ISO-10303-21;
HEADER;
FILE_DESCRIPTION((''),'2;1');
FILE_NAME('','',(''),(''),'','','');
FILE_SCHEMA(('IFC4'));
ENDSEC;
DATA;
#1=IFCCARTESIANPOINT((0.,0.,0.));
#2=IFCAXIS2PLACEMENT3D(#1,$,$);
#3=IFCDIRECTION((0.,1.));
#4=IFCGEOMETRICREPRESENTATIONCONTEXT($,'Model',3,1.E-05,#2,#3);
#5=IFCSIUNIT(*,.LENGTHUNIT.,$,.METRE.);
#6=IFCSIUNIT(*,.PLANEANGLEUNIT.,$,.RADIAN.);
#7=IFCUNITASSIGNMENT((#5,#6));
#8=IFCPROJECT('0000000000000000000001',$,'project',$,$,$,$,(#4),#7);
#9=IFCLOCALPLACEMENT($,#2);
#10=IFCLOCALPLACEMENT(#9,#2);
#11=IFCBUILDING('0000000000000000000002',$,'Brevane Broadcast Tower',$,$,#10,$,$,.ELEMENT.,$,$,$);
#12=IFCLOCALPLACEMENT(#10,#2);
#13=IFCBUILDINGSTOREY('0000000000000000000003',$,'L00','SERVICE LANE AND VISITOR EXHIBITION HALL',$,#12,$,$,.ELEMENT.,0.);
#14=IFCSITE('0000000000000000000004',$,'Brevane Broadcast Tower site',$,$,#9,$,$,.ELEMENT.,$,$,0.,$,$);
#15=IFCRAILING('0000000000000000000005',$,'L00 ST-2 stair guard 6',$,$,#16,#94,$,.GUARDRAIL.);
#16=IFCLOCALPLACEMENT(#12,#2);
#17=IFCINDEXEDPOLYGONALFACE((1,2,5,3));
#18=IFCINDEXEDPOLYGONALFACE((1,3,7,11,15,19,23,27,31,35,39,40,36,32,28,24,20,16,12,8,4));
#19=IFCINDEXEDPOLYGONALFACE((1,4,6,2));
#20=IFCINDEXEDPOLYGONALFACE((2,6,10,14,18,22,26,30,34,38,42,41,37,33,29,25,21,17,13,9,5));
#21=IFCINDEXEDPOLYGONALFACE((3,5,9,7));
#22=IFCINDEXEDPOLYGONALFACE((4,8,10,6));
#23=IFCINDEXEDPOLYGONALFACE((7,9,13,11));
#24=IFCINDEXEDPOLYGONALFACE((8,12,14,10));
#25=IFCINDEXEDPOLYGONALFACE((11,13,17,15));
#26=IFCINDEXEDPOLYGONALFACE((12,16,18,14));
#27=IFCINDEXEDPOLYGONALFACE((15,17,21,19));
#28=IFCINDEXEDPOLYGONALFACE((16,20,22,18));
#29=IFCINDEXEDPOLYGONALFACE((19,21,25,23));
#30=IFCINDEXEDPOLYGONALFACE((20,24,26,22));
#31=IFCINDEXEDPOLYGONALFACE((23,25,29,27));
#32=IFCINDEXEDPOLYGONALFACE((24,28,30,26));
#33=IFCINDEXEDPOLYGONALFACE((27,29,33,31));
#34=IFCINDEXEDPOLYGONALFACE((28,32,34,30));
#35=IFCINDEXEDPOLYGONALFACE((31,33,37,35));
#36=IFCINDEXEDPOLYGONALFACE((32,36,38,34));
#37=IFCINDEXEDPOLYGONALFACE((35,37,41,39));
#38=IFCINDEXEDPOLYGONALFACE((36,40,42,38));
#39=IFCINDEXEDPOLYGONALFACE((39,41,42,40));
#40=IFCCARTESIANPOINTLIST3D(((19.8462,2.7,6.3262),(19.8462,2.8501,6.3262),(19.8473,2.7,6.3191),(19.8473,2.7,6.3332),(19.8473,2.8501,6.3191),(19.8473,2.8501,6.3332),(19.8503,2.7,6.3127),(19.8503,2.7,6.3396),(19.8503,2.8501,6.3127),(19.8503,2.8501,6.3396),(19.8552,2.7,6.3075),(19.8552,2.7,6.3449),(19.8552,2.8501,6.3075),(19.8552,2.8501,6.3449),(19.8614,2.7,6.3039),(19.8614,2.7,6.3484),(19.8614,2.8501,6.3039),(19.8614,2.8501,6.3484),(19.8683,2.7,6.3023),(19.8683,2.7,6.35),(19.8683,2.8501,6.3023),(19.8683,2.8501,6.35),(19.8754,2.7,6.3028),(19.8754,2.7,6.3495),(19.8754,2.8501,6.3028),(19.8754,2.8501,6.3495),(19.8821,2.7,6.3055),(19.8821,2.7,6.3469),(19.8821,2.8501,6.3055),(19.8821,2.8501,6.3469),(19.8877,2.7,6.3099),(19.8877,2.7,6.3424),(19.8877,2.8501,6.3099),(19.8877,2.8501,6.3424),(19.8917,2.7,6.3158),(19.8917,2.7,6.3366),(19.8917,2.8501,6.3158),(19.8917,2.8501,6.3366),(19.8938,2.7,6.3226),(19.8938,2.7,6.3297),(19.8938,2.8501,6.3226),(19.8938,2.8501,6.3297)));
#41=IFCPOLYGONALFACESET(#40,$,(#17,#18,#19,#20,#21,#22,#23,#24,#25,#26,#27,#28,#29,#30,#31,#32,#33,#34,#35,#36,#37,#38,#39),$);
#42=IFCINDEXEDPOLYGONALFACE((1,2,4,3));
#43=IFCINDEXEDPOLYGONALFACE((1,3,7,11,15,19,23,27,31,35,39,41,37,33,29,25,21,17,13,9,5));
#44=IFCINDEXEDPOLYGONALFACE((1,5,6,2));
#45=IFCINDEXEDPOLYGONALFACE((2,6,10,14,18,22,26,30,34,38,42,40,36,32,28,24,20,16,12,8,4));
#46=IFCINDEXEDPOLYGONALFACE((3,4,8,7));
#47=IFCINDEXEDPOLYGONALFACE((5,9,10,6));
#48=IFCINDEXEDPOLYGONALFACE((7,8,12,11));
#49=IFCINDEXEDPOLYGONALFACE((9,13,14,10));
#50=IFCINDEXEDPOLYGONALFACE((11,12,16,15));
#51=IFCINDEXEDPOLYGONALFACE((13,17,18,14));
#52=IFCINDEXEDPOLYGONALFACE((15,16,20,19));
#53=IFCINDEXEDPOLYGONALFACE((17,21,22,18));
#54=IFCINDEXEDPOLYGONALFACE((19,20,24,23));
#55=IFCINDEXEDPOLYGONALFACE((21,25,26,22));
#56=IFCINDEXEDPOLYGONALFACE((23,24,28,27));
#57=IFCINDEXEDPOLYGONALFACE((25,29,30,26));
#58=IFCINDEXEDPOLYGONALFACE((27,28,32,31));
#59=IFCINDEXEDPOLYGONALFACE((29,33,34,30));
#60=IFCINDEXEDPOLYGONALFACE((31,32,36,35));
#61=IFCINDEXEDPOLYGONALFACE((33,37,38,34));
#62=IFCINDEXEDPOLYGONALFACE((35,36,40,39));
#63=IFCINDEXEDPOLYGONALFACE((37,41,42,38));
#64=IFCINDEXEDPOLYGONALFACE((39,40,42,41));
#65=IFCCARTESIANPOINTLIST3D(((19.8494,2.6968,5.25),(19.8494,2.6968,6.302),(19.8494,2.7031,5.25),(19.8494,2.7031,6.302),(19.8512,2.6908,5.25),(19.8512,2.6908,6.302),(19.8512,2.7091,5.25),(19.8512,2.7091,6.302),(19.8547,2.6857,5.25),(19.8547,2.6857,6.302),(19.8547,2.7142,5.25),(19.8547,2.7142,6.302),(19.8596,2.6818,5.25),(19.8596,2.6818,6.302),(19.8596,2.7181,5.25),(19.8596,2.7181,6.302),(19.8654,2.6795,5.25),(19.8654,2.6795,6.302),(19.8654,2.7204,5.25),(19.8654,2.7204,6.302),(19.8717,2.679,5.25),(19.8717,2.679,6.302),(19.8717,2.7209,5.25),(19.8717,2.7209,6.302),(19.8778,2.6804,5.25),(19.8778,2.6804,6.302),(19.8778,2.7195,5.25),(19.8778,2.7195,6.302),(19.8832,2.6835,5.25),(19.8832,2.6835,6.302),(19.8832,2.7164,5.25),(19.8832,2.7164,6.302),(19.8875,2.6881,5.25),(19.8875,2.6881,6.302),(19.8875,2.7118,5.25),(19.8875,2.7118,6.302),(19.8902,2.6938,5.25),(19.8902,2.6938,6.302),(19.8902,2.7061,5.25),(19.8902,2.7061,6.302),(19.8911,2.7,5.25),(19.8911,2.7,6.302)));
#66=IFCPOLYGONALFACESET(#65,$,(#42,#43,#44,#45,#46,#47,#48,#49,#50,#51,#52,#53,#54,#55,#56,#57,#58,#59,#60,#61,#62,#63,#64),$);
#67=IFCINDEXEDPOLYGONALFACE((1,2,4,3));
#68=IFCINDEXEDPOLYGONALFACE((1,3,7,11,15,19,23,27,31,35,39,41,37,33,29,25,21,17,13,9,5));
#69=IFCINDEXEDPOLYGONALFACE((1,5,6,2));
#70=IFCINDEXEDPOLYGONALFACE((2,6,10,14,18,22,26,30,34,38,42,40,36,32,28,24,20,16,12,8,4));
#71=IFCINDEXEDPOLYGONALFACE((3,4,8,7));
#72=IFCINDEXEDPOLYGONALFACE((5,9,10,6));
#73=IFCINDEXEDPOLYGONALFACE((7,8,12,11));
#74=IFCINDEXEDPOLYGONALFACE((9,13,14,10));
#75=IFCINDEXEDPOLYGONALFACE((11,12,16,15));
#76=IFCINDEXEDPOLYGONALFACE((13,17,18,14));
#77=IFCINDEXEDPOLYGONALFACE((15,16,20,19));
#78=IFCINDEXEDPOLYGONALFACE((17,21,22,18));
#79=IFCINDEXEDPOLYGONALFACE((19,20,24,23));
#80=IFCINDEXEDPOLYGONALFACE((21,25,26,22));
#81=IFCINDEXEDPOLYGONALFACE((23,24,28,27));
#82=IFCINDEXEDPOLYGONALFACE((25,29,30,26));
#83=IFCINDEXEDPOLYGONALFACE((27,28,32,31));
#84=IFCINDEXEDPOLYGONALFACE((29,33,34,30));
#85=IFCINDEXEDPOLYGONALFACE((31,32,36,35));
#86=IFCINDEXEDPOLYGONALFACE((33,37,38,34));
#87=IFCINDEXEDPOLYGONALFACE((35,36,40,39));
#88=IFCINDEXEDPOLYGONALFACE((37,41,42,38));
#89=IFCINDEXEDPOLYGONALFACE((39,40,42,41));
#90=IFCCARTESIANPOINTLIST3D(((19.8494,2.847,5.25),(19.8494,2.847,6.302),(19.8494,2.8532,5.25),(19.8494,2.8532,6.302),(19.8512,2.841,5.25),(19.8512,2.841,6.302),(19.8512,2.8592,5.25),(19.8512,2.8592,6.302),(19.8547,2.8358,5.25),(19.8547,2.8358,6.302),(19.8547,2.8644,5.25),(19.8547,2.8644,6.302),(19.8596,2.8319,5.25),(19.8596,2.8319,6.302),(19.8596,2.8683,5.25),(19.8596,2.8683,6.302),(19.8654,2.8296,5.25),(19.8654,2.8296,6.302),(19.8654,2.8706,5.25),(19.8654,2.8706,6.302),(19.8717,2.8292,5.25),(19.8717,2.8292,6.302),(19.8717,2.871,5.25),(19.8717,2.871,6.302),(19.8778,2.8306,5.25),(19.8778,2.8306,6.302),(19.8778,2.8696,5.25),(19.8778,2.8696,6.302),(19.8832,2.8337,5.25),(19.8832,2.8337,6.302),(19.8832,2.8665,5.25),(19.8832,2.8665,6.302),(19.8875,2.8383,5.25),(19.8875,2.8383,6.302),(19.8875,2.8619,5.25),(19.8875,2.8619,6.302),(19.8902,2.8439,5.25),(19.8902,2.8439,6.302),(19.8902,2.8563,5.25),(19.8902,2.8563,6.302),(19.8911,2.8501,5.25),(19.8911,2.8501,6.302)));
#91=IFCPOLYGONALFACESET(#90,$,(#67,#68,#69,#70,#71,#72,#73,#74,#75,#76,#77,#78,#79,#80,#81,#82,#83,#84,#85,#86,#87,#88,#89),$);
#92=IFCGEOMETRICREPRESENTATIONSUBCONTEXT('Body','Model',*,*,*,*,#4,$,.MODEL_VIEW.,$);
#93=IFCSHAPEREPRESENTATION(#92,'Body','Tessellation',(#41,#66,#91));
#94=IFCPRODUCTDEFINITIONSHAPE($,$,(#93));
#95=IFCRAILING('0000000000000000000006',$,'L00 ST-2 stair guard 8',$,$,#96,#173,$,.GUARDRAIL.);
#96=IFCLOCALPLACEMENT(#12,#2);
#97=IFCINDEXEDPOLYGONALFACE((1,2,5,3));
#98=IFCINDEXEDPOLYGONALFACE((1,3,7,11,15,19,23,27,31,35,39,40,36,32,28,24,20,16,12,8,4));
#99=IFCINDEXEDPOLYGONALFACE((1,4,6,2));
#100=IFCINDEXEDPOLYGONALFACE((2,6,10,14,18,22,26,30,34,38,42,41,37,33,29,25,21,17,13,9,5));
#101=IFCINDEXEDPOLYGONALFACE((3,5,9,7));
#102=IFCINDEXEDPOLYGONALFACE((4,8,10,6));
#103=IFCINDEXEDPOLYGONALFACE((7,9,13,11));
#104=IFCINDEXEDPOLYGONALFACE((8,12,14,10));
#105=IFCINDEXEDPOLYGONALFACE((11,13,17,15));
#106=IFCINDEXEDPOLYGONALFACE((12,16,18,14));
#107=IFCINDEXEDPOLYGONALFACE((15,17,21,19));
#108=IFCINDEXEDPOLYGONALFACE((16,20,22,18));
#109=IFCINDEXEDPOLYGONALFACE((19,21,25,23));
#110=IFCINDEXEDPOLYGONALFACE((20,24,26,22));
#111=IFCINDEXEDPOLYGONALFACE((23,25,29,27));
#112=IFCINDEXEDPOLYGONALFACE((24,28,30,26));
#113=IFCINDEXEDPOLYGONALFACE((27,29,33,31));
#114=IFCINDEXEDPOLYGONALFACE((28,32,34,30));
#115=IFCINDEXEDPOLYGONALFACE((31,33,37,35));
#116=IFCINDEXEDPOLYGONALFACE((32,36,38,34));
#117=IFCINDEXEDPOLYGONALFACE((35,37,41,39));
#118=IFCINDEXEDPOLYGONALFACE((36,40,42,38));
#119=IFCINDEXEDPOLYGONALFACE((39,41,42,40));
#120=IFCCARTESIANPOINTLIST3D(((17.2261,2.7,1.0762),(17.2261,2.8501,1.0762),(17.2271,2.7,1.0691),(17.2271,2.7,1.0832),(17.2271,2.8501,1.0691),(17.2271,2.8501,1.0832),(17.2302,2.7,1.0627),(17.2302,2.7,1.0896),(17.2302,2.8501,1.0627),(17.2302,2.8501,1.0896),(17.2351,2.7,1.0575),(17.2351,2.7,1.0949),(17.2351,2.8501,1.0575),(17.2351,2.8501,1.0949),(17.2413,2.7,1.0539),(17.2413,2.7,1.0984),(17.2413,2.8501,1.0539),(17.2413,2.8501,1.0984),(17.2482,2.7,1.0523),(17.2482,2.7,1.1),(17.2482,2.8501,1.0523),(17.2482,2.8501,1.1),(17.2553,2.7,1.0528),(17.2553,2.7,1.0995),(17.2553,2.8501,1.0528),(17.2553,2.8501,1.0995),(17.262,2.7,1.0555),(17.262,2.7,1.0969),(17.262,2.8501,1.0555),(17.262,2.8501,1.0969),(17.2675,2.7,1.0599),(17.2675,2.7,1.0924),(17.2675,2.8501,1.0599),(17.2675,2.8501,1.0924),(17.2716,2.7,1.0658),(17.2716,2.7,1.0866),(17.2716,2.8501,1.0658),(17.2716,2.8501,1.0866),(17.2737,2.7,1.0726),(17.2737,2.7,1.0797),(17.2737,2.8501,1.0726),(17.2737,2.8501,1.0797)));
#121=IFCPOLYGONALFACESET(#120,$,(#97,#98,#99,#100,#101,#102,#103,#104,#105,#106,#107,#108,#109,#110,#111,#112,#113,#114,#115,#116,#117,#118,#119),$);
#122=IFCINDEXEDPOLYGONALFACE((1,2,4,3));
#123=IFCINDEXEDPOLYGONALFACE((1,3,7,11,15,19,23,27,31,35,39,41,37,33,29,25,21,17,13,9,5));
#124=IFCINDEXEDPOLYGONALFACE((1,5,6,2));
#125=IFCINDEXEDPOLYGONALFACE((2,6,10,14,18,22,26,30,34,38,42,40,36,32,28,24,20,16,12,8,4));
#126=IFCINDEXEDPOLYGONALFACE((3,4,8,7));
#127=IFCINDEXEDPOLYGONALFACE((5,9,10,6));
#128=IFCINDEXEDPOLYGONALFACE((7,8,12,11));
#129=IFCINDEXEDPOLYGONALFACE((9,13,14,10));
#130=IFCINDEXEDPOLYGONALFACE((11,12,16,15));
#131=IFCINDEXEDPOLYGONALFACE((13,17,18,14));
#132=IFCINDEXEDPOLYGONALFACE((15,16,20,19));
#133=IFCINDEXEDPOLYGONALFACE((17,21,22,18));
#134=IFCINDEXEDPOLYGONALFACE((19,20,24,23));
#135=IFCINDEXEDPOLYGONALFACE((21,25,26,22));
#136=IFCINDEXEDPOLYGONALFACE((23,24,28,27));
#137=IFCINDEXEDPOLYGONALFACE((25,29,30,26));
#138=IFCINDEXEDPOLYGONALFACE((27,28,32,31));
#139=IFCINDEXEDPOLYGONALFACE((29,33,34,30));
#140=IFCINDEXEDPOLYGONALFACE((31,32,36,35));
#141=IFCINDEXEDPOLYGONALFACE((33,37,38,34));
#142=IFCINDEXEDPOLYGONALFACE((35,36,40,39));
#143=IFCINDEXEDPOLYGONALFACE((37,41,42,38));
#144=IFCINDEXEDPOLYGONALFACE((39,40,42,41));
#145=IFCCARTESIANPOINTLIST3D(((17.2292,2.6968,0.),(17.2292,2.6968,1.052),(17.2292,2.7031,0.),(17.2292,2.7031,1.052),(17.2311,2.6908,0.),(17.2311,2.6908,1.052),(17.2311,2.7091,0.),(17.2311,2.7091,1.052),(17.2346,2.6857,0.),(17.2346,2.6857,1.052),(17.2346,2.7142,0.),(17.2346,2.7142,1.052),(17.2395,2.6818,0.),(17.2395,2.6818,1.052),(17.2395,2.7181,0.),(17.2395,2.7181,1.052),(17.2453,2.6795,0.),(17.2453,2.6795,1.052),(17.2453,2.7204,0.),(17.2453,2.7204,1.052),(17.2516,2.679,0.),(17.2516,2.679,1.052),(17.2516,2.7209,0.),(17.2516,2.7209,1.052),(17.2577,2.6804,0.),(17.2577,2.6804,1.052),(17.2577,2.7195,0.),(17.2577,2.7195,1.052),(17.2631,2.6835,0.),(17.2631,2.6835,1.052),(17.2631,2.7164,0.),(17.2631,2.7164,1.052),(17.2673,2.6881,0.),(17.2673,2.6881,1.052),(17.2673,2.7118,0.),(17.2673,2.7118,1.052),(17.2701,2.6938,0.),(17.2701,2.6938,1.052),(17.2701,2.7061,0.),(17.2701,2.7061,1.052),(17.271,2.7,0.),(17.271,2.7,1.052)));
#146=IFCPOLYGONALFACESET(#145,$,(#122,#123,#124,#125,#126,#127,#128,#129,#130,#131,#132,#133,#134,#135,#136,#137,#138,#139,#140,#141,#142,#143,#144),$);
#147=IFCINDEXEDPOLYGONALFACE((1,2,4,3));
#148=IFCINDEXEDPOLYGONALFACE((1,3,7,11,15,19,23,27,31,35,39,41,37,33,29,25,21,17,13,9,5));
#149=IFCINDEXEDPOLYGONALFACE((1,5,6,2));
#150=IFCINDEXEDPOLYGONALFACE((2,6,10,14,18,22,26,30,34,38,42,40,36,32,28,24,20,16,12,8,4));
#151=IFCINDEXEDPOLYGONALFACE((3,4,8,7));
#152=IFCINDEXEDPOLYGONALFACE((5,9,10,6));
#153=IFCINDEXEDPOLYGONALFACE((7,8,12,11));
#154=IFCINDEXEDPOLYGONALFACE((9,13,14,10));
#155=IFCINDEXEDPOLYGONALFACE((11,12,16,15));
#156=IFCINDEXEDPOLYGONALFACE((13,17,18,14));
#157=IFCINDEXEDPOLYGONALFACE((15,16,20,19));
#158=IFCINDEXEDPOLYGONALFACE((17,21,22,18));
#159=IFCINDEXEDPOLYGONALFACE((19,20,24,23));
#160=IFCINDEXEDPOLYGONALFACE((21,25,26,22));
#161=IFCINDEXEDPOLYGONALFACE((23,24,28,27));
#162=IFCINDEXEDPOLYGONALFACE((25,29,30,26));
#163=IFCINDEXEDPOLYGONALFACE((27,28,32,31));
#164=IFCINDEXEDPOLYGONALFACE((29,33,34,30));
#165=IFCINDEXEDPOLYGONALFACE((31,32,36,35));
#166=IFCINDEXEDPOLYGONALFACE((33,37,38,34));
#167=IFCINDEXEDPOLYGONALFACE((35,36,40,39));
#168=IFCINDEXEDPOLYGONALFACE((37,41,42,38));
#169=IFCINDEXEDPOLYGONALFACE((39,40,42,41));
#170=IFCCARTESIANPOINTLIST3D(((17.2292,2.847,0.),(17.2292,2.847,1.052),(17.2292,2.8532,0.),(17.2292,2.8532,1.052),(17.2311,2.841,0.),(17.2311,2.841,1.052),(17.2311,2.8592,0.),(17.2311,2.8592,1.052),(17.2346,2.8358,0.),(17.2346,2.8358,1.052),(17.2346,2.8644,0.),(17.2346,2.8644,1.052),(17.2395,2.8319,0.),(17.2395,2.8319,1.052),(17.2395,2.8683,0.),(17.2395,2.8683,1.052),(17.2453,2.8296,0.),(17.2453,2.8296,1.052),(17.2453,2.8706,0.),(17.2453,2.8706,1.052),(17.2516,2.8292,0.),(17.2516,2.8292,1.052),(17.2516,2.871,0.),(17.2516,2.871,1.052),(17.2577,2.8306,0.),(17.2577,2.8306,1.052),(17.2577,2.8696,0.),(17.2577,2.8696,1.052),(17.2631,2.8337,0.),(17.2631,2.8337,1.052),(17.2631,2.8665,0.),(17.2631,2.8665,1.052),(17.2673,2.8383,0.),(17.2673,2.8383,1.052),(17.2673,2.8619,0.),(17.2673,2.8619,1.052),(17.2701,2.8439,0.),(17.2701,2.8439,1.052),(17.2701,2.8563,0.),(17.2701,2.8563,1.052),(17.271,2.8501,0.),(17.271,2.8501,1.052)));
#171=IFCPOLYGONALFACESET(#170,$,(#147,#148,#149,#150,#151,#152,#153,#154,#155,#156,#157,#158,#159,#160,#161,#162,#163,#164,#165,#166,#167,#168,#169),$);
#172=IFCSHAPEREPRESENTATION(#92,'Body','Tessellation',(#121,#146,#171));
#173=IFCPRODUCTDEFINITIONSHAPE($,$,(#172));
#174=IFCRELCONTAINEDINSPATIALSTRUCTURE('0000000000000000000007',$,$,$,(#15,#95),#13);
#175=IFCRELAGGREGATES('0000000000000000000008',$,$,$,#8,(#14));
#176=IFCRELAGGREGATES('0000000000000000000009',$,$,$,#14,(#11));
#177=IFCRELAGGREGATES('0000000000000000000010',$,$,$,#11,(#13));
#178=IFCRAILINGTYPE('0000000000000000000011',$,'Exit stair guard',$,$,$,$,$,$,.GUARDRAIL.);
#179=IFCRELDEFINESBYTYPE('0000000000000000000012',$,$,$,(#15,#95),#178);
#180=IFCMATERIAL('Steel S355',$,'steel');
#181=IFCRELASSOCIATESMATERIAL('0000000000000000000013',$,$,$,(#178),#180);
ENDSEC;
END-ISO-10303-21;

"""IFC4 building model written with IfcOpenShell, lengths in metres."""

from ifc_helpers import new_model, si_unit, direction, frame, origin, origin_2d, place, context, subcontext, project, spatial, circle, extrude, material, type_object, element, save


model = new_model("IFC4")

# Units and contexts
model_context = context("Model", 3, precision=1e-05, world=origin(), true_north=direction((0.0, 1.0)))
body_context = subcontext(model_context, "Body", "Model", "MODEL_VIEW")
ifc_project = project(units=[si_unit("LENGTHUNIT", "METRE"), si_unit("PLANEANGLEUNIT", "RADIAN")], contexts=[model_context])

# Site, building, storey
site_placement = place(None, origin())
site = spatial("IfcSite", under=ifc_project, at=site_placement, Name="Brevane Broadcast Tower site", CompositionType="ELEMENT", RefElevation=0.0)
building_placement = place(site_placement, origin())
building = spatial("IfcBuilding", under=site, at=building_placement, Name="Brevane Broadcast Tower", CompositionType="ELEMENT")
storey_placement = place(building_placement, origin())
storey = spatial("IfcBuildingStorey", under=building, at=storey_placement, Name="L00", Description="SERVICE LANE AND VISITOR EXHIBITION HALL", CompositionType="ELEMENT", Elevation=0.0)

# Railings
ifc_material_1 = material(Name="Steel S355", Category="steel")
railing_type_1 = type_object("IfcRailingType", Name="Exit stair guard", PredefinedType="GUARDRAIL", material=ifc_material_1)
for number, where, name in (
    (1, (19.8701, 2.7, 5.25), "L00 ST-2 stair guard 6"),
    (2, (17.25, 2.7, 0.0), "L00 ST-2 stair guard 8"),
):
    element("IfcRailing", number, at=place(storey_placement, frame(where)), inside=storey, type_object=railing_type_1, Name=name, PredefinedType="GUARDRAIL", context=body_context, shape_type="SweptSolid", body=[
        extrude(circle(Radius=0.0239, at=origin_2d()), frame((0.0, 0.0, 1.0762), z_axis=(0.0, 1.0, 0.0), x_axis=(-1.0, 0.0, 0.0)), (0.0, 0.0, 1.0), 0.1501),
        extrude(circle(Radius=0.021, at=origin_2d()), origin(), (0.0, 0.0, 1.0), 1.052),
        extrude(circle(Radius=0.021, at=origin_2d()), frame((0.0, 0.1501, 0.0)), (0.0, 0.0, 1.0), 1.052),
    ])

save(model, "model.ifc")
